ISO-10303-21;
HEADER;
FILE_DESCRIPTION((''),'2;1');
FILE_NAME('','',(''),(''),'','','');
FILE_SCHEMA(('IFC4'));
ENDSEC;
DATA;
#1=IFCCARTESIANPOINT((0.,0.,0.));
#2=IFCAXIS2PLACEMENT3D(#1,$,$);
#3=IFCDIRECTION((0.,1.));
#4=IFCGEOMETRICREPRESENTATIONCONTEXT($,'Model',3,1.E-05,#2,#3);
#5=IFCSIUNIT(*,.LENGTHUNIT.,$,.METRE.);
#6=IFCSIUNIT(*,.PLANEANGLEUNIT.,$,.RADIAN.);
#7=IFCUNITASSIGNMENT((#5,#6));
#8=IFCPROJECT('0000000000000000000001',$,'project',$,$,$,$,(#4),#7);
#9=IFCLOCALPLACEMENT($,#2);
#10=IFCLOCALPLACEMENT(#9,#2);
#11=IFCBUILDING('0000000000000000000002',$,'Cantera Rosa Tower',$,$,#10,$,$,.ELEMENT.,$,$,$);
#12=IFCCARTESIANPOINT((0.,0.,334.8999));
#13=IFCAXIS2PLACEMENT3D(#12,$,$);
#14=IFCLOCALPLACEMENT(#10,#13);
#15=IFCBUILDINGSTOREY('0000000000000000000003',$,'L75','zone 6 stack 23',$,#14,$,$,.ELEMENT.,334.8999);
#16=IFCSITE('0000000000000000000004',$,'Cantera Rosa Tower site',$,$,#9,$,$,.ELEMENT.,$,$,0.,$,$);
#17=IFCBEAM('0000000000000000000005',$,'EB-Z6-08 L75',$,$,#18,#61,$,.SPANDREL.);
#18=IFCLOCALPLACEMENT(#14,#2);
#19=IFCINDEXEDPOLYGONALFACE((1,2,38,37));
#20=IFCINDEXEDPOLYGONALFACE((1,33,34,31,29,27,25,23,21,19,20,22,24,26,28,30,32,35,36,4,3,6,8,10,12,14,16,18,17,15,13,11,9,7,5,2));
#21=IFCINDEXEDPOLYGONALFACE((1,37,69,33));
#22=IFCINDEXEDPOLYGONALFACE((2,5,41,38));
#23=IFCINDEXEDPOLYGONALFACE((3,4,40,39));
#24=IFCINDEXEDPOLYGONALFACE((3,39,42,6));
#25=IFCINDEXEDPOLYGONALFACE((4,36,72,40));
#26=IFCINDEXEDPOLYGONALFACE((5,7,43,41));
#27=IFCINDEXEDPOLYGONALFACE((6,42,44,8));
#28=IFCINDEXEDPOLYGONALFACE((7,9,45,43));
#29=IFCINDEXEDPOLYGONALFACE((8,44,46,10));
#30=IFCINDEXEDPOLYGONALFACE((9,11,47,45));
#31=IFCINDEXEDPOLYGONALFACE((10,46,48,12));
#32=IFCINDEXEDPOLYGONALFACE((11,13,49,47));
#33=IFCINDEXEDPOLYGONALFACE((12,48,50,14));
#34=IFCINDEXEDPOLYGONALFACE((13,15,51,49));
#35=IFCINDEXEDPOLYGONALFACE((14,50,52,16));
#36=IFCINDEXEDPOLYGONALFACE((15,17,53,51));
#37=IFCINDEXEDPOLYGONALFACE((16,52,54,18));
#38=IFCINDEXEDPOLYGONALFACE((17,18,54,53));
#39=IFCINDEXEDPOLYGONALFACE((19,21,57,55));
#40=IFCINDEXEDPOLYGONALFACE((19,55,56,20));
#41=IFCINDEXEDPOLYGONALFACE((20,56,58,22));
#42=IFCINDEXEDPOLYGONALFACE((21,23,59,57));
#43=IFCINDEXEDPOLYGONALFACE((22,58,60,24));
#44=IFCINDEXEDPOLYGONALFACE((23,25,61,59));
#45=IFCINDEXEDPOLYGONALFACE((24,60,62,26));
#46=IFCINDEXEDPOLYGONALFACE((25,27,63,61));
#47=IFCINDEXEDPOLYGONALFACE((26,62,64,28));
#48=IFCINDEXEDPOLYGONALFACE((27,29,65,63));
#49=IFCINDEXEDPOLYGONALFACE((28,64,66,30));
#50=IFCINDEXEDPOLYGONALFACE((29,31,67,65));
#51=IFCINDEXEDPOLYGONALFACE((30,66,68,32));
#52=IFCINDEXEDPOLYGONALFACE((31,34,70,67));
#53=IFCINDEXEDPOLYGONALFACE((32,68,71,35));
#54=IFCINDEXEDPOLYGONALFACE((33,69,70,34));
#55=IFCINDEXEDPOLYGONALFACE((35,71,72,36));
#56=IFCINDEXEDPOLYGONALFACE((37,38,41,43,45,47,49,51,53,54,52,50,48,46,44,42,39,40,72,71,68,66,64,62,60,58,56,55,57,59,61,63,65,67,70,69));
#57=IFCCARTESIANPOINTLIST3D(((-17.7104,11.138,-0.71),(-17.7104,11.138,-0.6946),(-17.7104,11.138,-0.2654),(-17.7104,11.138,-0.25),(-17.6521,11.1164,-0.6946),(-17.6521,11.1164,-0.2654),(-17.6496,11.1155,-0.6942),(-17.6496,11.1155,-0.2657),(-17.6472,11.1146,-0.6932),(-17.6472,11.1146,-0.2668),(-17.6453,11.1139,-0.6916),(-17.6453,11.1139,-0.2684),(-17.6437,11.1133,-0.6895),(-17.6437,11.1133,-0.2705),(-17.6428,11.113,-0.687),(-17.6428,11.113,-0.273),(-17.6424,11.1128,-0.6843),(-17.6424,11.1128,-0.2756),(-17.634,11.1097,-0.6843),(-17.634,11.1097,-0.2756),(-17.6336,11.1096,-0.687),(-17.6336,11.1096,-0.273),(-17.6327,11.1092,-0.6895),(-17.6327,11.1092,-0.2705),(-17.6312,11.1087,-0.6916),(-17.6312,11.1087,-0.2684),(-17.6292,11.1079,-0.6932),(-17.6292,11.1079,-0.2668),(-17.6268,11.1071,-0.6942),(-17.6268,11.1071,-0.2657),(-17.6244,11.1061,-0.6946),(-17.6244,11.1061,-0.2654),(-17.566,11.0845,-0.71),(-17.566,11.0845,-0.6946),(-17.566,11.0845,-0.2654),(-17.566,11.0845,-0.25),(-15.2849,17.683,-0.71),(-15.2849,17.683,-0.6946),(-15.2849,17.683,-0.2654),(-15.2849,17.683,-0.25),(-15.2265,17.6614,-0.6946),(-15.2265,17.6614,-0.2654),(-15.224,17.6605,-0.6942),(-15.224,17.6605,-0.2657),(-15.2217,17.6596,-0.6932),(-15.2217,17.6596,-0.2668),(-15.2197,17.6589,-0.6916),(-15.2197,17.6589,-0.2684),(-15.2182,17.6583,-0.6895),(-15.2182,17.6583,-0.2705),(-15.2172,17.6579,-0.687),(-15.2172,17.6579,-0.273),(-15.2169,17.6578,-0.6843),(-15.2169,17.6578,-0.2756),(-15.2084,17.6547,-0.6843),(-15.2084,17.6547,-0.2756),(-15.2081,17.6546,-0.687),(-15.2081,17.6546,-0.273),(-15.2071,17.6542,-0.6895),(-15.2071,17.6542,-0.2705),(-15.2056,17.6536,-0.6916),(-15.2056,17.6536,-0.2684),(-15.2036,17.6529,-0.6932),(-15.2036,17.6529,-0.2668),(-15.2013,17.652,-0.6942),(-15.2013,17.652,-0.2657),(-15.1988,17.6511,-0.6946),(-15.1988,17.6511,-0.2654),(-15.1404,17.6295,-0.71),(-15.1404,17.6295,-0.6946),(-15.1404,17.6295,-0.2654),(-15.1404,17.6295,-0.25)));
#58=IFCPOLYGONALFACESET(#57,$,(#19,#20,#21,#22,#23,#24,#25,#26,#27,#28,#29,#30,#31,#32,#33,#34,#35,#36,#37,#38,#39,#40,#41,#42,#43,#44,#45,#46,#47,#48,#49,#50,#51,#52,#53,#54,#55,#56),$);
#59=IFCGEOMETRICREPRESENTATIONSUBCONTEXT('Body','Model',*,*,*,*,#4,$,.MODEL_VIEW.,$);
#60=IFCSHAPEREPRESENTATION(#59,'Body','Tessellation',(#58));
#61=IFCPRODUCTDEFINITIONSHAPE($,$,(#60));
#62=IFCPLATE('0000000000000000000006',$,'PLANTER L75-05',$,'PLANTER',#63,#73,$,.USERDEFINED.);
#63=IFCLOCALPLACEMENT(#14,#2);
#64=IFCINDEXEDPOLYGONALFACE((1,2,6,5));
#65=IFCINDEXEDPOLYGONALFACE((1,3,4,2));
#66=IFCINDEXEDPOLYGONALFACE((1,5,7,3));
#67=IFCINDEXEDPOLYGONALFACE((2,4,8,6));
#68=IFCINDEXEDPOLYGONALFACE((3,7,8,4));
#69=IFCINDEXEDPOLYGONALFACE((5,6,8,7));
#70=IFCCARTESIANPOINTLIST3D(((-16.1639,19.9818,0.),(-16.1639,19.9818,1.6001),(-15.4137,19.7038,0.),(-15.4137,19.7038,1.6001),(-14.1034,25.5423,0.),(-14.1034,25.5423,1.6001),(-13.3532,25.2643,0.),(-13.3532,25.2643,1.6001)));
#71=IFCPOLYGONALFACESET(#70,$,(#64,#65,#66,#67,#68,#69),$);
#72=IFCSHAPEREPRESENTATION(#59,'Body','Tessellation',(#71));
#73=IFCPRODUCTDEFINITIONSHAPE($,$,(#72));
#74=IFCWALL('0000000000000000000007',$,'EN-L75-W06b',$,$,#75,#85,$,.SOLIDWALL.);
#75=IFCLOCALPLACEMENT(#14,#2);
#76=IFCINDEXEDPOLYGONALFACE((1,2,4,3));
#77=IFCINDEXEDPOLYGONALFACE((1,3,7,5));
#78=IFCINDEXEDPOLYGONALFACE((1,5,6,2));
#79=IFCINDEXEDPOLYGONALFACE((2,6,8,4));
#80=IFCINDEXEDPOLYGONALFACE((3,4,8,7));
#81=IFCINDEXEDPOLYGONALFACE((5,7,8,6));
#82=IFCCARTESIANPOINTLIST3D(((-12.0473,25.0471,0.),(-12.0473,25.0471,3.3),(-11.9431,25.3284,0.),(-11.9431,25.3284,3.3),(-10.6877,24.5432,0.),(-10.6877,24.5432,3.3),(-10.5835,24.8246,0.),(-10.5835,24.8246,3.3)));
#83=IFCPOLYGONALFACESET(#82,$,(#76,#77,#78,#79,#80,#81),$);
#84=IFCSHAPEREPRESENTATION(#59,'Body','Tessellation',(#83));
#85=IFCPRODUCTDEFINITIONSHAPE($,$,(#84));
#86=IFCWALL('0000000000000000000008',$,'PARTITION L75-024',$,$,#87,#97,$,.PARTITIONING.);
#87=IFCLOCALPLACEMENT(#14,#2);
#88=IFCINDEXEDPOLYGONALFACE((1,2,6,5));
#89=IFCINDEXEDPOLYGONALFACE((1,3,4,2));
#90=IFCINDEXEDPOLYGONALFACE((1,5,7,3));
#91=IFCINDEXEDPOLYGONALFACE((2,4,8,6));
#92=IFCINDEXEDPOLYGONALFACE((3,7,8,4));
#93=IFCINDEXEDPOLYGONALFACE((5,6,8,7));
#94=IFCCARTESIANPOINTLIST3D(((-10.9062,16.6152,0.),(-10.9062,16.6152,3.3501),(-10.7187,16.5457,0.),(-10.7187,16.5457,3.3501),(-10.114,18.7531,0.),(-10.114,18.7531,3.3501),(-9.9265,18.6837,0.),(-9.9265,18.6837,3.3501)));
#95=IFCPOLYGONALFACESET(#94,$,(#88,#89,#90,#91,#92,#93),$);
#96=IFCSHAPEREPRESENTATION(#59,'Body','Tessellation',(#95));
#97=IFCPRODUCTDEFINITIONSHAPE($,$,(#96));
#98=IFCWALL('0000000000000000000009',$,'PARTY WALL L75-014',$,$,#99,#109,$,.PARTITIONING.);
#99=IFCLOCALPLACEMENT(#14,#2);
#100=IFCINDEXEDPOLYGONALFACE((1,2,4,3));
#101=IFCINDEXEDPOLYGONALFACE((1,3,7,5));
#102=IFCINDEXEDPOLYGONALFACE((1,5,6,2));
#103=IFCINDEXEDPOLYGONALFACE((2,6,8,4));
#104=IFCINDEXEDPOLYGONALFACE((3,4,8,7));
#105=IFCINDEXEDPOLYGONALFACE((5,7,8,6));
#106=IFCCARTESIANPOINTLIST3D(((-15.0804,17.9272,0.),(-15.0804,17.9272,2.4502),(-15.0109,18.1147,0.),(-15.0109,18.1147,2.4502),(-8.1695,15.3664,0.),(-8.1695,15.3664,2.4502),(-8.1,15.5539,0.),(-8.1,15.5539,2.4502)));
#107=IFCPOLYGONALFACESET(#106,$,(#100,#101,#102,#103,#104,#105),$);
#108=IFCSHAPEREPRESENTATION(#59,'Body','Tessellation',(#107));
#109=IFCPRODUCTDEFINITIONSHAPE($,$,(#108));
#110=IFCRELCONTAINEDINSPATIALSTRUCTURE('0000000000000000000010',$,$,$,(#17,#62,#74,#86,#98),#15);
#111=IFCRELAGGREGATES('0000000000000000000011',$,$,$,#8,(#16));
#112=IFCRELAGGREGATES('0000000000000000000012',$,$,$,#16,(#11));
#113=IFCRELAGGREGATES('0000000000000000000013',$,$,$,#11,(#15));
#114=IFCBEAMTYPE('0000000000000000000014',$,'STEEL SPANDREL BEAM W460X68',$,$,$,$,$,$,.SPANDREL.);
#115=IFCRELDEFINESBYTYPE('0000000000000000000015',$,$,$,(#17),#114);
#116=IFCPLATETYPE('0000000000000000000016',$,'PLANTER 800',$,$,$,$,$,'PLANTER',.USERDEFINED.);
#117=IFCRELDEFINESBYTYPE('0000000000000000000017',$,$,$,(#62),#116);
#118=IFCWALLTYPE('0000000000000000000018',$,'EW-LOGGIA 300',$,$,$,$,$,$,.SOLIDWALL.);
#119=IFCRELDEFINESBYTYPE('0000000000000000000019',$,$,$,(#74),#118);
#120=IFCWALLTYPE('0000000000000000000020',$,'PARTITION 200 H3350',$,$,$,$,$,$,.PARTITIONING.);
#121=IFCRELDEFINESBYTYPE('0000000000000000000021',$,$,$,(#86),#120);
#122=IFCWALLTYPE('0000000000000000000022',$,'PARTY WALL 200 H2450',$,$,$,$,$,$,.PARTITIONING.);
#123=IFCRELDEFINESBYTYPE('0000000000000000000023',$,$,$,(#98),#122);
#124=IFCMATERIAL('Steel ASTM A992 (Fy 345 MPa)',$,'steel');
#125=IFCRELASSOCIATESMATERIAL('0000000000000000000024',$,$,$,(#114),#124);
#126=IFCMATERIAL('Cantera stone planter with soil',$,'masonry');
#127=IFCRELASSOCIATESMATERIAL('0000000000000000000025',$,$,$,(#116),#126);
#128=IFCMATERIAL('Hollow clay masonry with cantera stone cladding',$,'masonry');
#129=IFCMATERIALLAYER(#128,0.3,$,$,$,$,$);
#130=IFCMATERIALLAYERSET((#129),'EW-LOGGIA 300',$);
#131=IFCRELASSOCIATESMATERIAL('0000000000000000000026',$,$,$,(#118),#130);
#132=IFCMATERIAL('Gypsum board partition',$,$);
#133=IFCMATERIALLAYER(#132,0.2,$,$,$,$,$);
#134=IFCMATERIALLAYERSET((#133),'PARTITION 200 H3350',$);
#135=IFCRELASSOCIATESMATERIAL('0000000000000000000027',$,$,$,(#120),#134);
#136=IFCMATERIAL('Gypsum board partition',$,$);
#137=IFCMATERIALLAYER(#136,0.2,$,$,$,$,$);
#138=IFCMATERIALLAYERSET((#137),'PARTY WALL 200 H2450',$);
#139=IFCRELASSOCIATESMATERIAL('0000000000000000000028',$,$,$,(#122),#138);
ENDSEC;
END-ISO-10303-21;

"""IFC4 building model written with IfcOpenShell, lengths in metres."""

from ifc_helpers import new_model, si_unit, direction, frame, frame_2d, origin, origin_2d, place, context, subcontext, project, spatial, rectangle, i_section, extrude, material, layer, layer_set, material_profile, profile_set, type_object, element, save


model = new_model("IFC4")

# Units and contexts
model_context = context("Model", 3, precision=1e-05, world=origin(), true_north=direction((0.0, 1.0)))
body_context = subcontext(model_context, "Body", "Model", "MODEL_VIEW")
ifc_project = project(units=[si_unit("LENGTHUNIT", "METRE"), si_unit("PLANEANGLEUNIT", "RADIAN")], contexts=[model_context])

# Site, building, storey
site_placement = place(None, origin())
site = spatial("IfcSite", under=ifc_project, at=site_placement, Name="Cantera Rosa Tower site", CompositionType="ELEMENT", RefElevation=0.0)
building_placement = place(site_placement, origin())
building = spatial("IfcBuilding", under=site, at=building_placement, Name="Cantera Rosa Tower", CompositionType="ELEMENT")
storey_placement = place(building_placement, frame((0.0, 0.0, 334.8999)))
storey = spatial("IfcBuildingStorey", under=building, at=storey_placement, Name="L75", Description="zone 6 stack 23", CompositionType="ELEMENT", Elevation=334.8999)

# Beam
ifc_material_1 = material(Name="Steel ASTM A992 (Fy 345 MPa)", Category="steel")
ifc_material_profile_1 = material_profile(ifc_material_1, i_section(OverallWidth=0.1541, OverallDepth=0.46, WebThickness=0.009, FlangeThickness=0.0154, FilletRadius=0.0103, at=origin_2d()), Name="W460X68")
ifc_profile_set_1 = profile_set([ifc_material_profile_1], Name="Steel ASTM A992 (Fy 345 MPa)")
beam_type_1 = type_object("IfcBeamType", Name="STEEL SPANDREL BEAM W460X68", PredefinedType="SPANDREL", material=ifc_profile_set_1)
beam_1_placement = place(storey_placement, frame((-15.2126, 17.6562, -0.48), z_axis=(-0.347502, -0.937679, 0.0), x_axis=(0.937679, -0.347502, 0.0)))
element("IfcBeam", 1, at=beam_1_placement, inside=storey, type_object=beam_type_1, Name="EB-Z6-08 L75", PredefinedType="SPANDREL", context=body_context, shape_type="SweptSolid", body=[
    extrude(i_section(OverallWidth=0.1541, OverallDepth=0.46, WebThickness=0.009, FlangeThickness=0.0154, FilletRadius=0.0103, at=origin_2d()), origin(), (0.0, 0.0, 1.0), 6.98),
])

# Plate
ifc_material_2 = material(Name="Cantera stone planter with soil", Category="masonry")
plate_type = type_object("IfcPlateType", Name="PLANTER 800", ElementType="PLANTER", PredefinedType="USERDEFINED", material=ifc_material_2)
plate_placement = place(storey_placement, frame((-14.7585, 22.623, 0.0), z_axis=(0.0, 0.0, 1.0), x_axis=(-0.347481, -0.937687, 0.0)))
element("IfcPlate", 2, at=plate_placement, inside=storey, type_object=plate_type, Name="PLANTER L75-05", ObjectType="PLANTER", PredefinedType="USERDEFINED", context=body_context, shape_type="SweptSolid", body=[
    extrude(rectangle(XDim=5.9299, YDim=0.8, at=origin_2d()), origin(), (0.0, 0.0, 1.0), 1.6001),
])

# Wall
ifc_material_3 = material(Name="Hollow clay masonry with cantera stone cladding", Category="masonry")
ifc_layer_1 = layer(ifc_material_3, 0.3)
ifc_layer_set_1 = layer_set([ifc_layer_1], Name="EW-LOGGIA 300")
wall_type_1 = type_object("IfcWallType", Name="EW-LOGGIA 300", PredefinedType="SOLIDWALL", material=ifc_layer_set_1)
wall_1_placement = place(storey_placement, frame((-10.6355, 24.6838, 0.0), z_axis=(0.0, 0.0, 1.0), x_axis=(-0.937672, 0.347523, 0.0)))
element("IfcWall", 3, at=wall_1_placement, inside=storey, type_object=wall_type_1, Name="EN-L75-W06b", PredefinedType="SOLIDWALL", context=body_context, shape_type="SweptSolid", body=[
    extrude(rectangle(XDim=1.45, YDim=0.3, at=frame_2d((0.7251, 0.0))), origin(), (0.0, 0.0, 1.0), 3.3),
])

# Walls
ifc_material_4 = material(Name="Gypsum board partition")
ifc_layer_2 = layer(ifc_material_4, 0.2)
ifc_layer_set_2 = layer_set([ifc_layer_2], Name="PARTITION 200 H3350")
wall_type_2 = type_object("IfcWallType", Name="PARTITION 200 H3350", PredefinedType="PARTITIONING", material=ifc_layer_set_2)
wall_2_placement = place(storey_placement, frame((-10.8125, 16.5803, 0.0), z_axis=(0.0, 0.0, 1.0), x_axis=(0.347471, 0.937691, 0.0)))
element("IfcWall", 4, at=wall_2_placement, inside=storey, type_object=wall_type_2, Name="PARTITION L75-024", PredefinedType="PARTITIONING", context=body_context, shape_type="SweptSolid", body=[
    extrude(rectangle(XDim=2.28, YDim=0.2, at=frame_2d((1.1401, 0.0))), origin(), (0.0, 0.0, 1.0), 3.3501),
])
ifc_material_5 = material(Name="Gypsum board partition")
ifc_layer_3 = layer(ifc_material_5, 0.2)
ifc_layer_set_3 = layer_set([ifc_layer_3], Name="PARTY WALL 200 H2450")
wall_type_3 = type_object("IfcWallType", Name="PARTY WALL 200 H2450", PredefinedType="PARTITIONING", material=ifc_layer_set_3)
wall_3_placement = place(storey_placement, frame((-15.0457, 18.021, 0.0), z_axis=(0.0, 0.0, 1.0), x_axis=(0.937696, -0.347458, 0.0)))
element("IfcWall", 5, at=wall_3_placement, inside=storey, type_object=wall_type_3, Name="PARTY WALL L75-014", PredefinedType="PARTITIONING", context=body_context, shape_type="SweptSolid", body=[
    extrude(rectangle(XDim=7.3701, YDim=0.2, at=frame_2d((3.6851, 0.0))), origin(), (0.0, 0.0, 1.0), 2.4502),
])

save(model, "model.ifc")
